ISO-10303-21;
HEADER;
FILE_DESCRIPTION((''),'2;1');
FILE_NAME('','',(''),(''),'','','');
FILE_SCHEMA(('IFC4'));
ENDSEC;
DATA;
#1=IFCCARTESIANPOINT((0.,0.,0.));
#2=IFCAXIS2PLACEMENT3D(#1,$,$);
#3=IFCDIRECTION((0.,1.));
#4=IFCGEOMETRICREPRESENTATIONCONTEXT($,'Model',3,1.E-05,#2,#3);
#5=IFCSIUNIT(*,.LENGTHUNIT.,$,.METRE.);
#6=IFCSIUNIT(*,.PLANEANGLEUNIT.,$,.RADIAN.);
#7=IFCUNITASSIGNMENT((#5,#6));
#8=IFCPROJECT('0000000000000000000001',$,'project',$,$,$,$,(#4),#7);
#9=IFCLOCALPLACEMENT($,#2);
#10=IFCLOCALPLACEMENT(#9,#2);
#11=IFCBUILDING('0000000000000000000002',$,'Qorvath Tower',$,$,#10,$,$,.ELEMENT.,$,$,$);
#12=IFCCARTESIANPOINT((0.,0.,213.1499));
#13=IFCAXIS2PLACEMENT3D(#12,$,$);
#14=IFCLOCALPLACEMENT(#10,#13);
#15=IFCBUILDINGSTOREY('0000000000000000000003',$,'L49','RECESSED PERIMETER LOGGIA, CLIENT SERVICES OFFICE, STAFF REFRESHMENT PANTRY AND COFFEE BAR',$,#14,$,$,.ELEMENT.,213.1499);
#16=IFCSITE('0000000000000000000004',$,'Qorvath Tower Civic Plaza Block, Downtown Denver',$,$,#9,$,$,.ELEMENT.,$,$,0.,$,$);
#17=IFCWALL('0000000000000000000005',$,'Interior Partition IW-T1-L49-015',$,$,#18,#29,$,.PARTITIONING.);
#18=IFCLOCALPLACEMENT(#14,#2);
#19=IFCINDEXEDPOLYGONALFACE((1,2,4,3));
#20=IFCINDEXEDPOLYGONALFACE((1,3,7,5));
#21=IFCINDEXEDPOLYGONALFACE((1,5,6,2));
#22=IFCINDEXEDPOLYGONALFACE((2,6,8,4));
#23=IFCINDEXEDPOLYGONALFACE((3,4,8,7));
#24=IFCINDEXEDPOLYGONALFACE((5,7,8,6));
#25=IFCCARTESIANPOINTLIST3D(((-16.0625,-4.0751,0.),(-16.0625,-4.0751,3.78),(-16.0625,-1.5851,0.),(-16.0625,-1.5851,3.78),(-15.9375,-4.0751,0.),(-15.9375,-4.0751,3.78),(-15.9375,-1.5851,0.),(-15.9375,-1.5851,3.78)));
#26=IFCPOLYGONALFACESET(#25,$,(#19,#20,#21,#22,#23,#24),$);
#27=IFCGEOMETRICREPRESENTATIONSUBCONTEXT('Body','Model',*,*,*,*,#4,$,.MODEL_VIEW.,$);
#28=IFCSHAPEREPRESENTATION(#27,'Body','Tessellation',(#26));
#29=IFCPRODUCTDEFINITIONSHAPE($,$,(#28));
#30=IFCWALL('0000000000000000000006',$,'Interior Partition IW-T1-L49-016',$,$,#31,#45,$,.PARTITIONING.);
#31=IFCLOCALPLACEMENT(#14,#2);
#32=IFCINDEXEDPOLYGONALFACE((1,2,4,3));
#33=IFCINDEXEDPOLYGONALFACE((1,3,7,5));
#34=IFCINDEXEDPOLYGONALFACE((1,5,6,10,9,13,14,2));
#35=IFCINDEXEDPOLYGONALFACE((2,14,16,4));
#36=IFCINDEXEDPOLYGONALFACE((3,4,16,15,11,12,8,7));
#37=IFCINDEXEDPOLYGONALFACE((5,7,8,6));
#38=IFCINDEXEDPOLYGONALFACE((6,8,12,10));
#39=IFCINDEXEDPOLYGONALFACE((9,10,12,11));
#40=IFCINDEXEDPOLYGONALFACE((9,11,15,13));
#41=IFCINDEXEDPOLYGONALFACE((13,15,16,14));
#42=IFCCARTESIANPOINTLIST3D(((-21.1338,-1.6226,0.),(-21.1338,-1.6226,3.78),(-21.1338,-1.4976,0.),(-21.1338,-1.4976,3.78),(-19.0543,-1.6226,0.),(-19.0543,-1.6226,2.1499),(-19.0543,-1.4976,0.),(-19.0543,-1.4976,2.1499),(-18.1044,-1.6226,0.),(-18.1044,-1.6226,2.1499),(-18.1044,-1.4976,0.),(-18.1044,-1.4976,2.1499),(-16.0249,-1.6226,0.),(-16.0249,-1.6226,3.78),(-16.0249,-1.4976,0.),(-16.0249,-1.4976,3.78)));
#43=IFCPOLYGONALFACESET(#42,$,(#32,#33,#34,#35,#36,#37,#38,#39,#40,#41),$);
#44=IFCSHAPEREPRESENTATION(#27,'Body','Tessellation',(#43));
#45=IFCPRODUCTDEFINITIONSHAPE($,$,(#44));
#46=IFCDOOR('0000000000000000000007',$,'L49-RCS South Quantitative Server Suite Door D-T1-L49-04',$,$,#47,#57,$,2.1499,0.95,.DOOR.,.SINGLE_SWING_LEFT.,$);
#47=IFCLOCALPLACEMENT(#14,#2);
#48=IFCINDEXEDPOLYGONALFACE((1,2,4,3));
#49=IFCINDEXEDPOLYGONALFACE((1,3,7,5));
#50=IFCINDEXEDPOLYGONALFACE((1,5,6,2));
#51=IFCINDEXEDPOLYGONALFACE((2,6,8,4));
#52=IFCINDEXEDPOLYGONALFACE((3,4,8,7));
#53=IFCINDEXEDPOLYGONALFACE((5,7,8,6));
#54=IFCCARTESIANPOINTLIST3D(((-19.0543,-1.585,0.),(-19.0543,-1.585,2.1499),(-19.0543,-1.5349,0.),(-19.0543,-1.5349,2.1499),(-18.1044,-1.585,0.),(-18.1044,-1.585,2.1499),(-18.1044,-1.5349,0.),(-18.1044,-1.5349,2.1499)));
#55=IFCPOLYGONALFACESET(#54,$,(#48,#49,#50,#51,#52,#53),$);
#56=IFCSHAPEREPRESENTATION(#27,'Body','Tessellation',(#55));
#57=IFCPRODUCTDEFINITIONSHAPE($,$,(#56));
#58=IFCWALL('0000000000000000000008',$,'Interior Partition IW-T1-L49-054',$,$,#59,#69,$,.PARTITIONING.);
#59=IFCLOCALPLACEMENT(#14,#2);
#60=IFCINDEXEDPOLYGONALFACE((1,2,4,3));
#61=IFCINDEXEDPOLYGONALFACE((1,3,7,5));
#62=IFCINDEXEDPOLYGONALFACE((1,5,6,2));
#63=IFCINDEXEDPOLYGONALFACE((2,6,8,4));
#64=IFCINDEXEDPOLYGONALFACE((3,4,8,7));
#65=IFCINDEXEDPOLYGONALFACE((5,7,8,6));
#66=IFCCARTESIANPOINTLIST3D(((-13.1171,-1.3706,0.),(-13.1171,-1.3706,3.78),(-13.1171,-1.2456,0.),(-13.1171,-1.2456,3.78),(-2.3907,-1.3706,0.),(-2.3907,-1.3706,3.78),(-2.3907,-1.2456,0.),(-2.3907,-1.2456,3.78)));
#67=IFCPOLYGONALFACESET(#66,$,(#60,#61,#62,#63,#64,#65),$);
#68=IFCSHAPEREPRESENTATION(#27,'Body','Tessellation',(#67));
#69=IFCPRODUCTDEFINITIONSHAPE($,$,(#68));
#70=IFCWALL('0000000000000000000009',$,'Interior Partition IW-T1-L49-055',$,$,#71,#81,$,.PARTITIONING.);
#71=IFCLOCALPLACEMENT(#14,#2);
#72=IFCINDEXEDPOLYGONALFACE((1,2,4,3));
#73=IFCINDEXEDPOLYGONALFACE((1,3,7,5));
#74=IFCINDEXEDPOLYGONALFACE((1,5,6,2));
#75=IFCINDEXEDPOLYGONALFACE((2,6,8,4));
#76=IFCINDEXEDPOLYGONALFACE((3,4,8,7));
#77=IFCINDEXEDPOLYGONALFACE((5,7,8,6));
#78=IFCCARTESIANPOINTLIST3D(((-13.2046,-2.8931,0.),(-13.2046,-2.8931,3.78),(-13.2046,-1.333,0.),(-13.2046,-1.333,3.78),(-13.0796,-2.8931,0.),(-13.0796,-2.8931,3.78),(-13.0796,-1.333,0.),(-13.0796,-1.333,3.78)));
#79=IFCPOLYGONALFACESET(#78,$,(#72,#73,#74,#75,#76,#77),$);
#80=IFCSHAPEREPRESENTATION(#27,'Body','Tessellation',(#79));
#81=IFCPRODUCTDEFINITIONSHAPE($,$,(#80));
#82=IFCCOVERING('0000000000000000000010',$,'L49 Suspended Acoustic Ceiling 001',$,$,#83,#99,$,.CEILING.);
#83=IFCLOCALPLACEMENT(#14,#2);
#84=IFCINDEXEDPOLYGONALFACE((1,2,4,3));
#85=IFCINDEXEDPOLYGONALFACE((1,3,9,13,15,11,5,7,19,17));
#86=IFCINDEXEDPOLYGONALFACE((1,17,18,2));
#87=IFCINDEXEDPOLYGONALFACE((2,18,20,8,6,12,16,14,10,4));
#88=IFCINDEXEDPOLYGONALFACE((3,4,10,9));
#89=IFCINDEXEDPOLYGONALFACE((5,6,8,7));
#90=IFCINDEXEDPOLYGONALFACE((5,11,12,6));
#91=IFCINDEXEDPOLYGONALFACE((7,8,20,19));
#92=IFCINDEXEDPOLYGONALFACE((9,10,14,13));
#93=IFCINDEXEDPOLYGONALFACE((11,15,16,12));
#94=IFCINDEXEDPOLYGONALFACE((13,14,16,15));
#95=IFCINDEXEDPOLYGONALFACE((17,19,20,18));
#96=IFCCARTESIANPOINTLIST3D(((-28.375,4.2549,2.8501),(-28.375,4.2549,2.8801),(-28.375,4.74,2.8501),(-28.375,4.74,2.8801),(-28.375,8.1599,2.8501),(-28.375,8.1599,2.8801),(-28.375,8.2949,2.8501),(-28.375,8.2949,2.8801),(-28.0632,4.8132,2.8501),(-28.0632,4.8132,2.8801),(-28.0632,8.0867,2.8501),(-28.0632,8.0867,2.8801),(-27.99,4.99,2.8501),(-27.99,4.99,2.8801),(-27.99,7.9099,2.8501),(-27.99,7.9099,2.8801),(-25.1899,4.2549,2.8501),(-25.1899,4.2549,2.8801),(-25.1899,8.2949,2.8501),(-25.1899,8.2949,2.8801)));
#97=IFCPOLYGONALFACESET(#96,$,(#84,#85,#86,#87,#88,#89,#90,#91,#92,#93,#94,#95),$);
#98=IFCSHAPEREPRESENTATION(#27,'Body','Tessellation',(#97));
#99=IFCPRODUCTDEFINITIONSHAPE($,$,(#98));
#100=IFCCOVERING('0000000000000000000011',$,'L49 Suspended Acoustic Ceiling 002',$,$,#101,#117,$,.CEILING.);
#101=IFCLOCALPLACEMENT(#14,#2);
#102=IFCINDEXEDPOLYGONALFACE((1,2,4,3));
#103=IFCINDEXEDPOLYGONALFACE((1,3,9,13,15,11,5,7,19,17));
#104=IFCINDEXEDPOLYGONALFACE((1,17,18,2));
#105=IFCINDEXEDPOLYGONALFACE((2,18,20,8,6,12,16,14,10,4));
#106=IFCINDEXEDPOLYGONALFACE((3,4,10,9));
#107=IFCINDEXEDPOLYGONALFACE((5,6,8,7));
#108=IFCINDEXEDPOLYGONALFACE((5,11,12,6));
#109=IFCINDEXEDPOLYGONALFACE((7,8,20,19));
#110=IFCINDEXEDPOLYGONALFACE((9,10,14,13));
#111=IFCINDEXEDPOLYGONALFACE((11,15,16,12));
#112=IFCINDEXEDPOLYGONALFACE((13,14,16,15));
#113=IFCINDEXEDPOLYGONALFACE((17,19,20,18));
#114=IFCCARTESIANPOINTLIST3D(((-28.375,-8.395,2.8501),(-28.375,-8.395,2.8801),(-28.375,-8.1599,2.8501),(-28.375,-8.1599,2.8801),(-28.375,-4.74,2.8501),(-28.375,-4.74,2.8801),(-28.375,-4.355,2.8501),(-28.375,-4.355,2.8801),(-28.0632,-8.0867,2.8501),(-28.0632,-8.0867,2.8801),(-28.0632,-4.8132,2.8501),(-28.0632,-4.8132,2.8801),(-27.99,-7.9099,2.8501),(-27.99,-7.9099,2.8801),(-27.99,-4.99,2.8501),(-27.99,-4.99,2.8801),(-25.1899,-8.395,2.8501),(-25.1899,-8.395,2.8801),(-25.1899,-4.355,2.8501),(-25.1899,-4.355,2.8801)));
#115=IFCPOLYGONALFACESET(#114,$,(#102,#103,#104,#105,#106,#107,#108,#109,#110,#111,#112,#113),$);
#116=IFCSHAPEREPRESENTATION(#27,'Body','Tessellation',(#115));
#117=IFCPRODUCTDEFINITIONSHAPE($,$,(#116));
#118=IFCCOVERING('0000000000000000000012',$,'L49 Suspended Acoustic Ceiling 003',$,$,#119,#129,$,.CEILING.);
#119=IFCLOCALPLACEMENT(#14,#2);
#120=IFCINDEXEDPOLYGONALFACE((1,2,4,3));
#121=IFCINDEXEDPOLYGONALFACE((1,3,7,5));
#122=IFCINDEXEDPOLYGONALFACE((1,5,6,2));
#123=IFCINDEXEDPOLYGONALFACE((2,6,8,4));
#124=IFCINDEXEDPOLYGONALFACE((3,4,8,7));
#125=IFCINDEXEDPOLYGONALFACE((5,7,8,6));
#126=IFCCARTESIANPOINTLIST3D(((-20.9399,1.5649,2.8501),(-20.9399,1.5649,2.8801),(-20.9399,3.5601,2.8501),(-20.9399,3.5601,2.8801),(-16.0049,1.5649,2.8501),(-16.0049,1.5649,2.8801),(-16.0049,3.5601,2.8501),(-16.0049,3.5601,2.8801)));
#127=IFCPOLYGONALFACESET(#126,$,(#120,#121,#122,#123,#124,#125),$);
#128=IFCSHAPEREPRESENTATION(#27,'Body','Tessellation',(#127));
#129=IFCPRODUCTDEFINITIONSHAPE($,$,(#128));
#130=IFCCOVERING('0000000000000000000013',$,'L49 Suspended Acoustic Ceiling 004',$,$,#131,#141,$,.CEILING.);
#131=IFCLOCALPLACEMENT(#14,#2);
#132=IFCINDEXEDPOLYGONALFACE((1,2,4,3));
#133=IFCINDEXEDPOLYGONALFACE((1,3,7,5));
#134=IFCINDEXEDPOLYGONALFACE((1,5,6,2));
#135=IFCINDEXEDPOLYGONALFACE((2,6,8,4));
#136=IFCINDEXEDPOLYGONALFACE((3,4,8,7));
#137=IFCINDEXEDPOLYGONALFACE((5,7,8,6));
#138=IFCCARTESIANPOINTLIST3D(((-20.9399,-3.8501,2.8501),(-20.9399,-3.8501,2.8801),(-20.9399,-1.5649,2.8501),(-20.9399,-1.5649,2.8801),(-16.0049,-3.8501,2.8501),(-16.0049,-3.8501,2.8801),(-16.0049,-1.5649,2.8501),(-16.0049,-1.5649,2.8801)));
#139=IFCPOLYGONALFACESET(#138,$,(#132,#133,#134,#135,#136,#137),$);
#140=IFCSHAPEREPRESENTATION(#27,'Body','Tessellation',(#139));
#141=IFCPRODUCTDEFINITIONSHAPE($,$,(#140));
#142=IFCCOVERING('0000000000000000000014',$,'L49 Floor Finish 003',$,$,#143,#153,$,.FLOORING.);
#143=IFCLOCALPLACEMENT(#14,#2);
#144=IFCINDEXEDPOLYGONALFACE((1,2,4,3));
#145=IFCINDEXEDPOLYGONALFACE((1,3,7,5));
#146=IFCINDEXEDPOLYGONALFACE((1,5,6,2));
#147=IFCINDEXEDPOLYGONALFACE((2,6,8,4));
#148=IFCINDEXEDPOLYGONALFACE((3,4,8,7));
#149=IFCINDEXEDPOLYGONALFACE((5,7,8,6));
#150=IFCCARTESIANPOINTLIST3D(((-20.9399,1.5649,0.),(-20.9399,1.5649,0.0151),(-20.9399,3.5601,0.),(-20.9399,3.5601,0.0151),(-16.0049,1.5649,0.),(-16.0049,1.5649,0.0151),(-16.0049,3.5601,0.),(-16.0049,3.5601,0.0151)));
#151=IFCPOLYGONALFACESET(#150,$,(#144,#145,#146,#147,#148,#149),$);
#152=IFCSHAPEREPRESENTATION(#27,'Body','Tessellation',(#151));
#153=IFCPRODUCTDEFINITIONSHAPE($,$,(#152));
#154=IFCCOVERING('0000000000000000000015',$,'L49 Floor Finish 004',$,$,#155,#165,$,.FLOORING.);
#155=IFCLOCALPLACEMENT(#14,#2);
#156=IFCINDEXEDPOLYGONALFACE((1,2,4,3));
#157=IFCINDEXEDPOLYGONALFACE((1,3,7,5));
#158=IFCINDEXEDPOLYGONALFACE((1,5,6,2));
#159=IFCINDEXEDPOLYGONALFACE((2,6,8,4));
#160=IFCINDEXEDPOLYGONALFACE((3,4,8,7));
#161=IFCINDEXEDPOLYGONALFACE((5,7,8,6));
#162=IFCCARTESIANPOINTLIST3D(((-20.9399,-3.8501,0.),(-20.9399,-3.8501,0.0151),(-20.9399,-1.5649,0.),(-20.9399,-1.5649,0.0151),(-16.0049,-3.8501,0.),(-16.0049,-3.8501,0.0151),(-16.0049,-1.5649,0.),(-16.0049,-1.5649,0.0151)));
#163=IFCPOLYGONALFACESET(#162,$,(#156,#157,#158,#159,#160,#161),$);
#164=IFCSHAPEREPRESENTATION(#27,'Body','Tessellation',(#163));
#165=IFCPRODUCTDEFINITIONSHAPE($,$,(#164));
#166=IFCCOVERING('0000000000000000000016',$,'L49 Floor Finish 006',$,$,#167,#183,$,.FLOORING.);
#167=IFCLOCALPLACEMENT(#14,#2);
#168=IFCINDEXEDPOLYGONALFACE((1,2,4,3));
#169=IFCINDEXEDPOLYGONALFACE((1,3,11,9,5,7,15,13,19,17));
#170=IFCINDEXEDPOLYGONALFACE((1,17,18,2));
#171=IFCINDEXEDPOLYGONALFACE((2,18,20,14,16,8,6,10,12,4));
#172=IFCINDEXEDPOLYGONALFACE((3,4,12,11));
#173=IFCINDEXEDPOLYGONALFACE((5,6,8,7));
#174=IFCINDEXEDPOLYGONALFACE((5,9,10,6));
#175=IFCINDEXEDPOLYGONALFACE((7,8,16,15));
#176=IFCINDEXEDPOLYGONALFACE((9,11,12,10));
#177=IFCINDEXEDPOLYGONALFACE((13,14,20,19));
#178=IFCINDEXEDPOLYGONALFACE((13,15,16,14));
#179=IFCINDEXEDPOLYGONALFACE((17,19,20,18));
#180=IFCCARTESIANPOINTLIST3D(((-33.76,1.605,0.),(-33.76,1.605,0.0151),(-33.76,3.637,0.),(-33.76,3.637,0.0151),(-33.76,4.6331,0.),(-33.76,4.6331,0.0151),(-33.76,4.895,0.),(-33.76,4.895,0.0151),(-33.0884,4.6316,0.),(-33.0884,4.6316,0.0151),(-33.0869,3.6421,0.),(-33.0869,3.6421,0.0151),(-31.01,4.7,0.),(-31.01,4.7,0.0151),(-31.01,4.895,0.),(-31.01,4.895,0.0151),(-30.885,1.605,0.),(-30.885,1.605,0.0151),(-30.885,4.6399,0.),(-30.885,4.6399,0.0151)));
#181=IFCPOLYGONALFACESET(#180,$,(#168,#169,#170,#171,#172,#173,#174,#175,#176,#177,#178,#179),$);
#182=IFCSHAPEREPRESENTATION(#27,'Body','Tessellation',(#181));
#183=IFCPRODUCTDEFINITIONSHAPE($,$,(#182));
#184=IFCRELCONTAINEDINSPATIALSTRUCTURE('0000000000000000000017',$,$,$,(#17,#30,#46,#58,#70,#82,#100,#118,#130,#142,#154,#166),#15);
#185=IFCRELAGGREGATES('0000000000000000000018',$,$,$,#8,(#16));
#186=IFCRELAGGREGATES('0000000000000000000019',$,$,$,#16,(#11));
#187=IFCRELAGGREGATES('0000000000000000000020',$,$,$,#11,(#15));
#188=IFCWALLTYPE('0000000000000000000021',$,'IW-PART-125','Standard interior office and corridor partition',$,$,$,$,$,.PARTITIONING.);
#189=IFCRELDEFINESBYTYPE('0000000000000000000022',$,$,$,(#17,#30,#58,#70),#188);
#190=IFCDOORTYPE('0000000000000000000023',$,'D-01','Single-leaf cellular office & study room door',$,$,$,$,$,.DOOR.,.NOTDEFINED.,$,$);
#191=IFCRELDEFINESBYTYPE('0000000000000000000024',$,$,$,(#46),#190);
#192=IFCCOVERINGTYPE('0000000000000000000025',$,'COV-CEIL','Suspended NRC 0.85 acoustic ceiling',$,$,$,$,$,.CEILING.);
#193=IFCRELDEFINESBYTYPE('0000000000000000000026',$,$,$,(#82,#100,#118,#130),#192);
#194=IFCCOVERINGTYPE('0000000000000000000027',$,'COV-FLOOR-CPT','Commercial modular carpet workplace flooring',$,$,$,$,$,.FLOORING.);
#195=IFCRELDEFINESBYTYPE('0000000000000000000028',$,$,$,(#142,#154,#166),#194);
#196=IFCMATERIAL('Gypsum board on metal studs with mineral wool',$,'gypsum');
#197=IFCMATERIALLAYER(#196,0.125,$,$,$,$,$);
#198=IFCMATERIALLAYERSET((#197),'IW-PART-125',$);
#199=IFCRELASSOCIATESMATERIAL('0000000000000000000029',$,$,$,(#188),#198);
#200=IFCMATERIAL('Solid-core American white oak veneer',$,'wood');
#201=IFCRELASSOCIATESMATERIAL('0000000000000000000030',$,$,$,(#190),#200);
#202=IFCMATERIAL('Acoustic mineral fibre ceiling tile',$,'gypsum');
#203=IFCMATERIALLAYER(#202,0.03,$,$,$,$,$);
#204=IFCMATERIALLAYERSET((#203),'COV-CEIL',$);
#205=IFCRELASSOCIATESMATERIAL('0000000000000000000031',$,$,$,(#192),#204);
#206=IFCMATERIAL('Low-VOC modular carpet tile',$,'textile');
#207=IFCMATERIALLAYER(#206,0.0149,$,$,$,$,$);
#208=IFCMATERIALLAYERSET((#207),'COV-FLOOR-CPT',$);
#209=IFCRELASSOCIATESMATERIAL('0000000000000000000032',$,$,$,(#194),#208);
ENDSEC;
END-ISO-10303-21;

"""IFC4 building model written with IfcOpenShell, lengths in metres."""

from ifc_helpers import new_model, si_unit, direction, frame, frame_2d, origin, place, context, subcontext, project, spatial, polyline, rectangle, outline, extrude, material, layer, layer_set, type_object, element, fill, save


model = new_model("IFC4")

# Units and contexts
model_context = context("Model", 3, precision=1e-05, world=origin(), true_north=direction((0.0, 1.0)))
body_context = subcontext(model_context, "Body", "Model", "MODEL_VIEW")
ifc_project = project(units=[si_unit("LENGTHUNIT", "METRE"), si_unit("PLANEANGLEUNIT", "RADIAN")], contexts=[model_context])

# Site, building, storey
site_placement = place(None, origin())
site = spatial("IfcSite", under=ifc_project, at=site_placement, Name="Qorvath Tower Civic Plaza Block, Downtown Denver", CompositionType="ELEMENT", RefElevation=0.0)
building_placement = place(site_placement, origin())
building = spatial("IfcBuilding", under=site, at=building_placement, Name="Qorvath Tower", CompositionType="ELEMENT")
storey_placement = place(building_placement, frame((0.0, 0.0, 213.1499)))
storey = spatial("IfcBuildingStorey", under=building, at=storey_placement, Name="L49", Description="RECESSED PERIMETER LOGGIA, CLIENT SERVICES OFFICE, STAFF REFRESHMENT PANTRY AND COFFEE BAR", CompositionType="ELEMENT", Elevation=213.1499)

# Wall
ifc_material_1 = material(Name="Gypsum board on metal studs with mineral wool", Category="gypsum")
ifc_layer_1 = layer(ifc_material_1, 0.125)
ifc_layer_set_1 = layer_set([ifc_layer_1], Name="IW-PART-125")
wall_type_1 = type_object("IfcWallType", Name="IW-PART-125", Description="Standard interior office and corridor partition", PredefinedType="PARTITIONING", material=ifc_layer_set_1)
wall_1_placement = place(storey_placement, frame((-16.0, -4.0752, 0.0), z_axis=(0.0, 0.0, 1.0), x_axis=(0.0, 1.0, 0.0)))
element("IfcWall", 1, at=wall_1_placement, inside=storey, type_object=wall_type_1, Name="Interior Partition IW-T1-L49-015", PredefinedType="PARTITIONING", context=body_context, shape_type="SweptSolid", body=[
    extrude(rectangle(XDim=2.49, YDim=0.125, at=frame_2d((1.2451, 0.0))), origin(), (0.0, 0.0, 1.0), 3.78),
])

# Wall, opening, door
wall_2_placement = place(storey_placement, frame((-16.0249, -1.5601, 0.0), z_axis=(0.0, 0.0, 1.0), x_axis=(-1.0, 0.0, 0.0)))
wall_2 = element("IfcWall", 2, at=wall_2_placement, inside=storey, type_object=wall_type_1, Name="Interior Partition IW-T1-L49-016", PredefinedType="PARTITIONING", context=body_context, shape_type="SweptSolid", body=[
    extrude(rectangle(XDim=5.1089, YDim=0.125, at=frame_2d((2.5544, 0.0))), origin(), (0.0, 0.0, 1.0), 3.78),
])
opening_1_placement = place(wall_2_placement, frame((2.0793, 0.0, 0.0)))
opening_1 = element("IfcOpeningElement", 3, at=opening_1_placement, cuts=wall_2, PredefinedType="OPENING", context=body_context, shape_type="SweptSolid", body=[
    extrude(rectangle(XDim=0.95, YDim=2.1499, at=frame_2d((0.4751, 1.075))), frame((0.0, 0.0725, 0.0), z_axis=(0.0, -1.0, 0.0), x_axis=(1.0, 0.0, 0.0)), (0.0, 0.0, 1.0), 0.145),
])
ifc_material_2 = material(Name="Solid-core American white oak veneer", Category="wood")
door_type_1 = type_object("IfcDoorType", Name="D-01", Description="Single-leaf cellular office & study room door", OperationType="NOTDEFINED", PredefinedType="DOOR", material=ifc_material_2)
door_1_placement = place(opening_1_placement, origin())
door_1 = element("IfcDoor", 4, at=door_1_placement, inside=storey, type_object=door_type_1, Name="L49-RCS South Quantitative Server Suite Door D-T1-L49-04", OperationType="SINGLE_SWING_LEFT", OverallHeight=2.1499, OverallWidth=0.95, PredefinedType="DOOR", context=body_context, shape_type="SweptSolid", body=[
    extrude(rectangle(XDim=0.95, YDim=2.1499, at=frame_2d((0.4751, 1.075))), frame((0.0, 0.0249, 0.0), z_axis=(0.0, -1.0, 0.0), x_axis=(1.0, 0.0, 0.0)), (0.0, 0.0, 1.0), 0.05),
])
fill(opening_1, door_1)

# Walls
wall_3_placement = place(storey_placement, frame((-13.1172, -1.3081, 0.0), z_axis=(0.0, 0.0, 1.0), x_axis=(1.0, 0.0, 0.0)))
element("IfcWall", 5, at=wall_3_placement, inside=storey, type_object=wall_type_1, Name="Interior Partition IW-T1-L49-054", PredefinedType="PARTITIONING", context=body_context, shape_type="SweptSolid", body=[
    extrude(rectangle(XDim=10.7263, YDim=0.125, at=frame_2d((5.3633, 0.0))), origin(), (0.0, 0.0, 1.0), 3.78),
])
wall_4_placement = place(storey_placement, frame((-13.1421, -1.333, 0.0), z_axis=(0.0, 0.0, 1.0), x_axis=(0.0, -1.0, 0.0)))
element("IfcWall", 6, at=wall_4_placement, inside=storey, type_object=wall_type_1, Name="Interior Partition IW-T1-L49-055", PredefinedType="PARTITIONING", context=body_context, shape_type="SweptSolid", body=[
    extrude(rectangle(XDim=1.5601, YDim=0.125, at=frame_2d((0.78, 0.0))), origin(), (0.0, 0.0, 1.0), 3.78),
])

# Coverings
ifc_material_3 = material(Name="Acoustic mineral fibre ceiling tile", Category="gypsum")
ifc_layer_2 = layer(ifc_material_3, 0.03)
ifc_layer_set_2 = layer_set([ifc_layer_2], Name="COV-CEIL")
covering_type_1 = type_object("IfcCoveringType", Name="COV-CEIL", Description="Suspended NRC 0.85 acoustic ceiling", PredefinedType="CEILING", material=ifc_layer_set_2)
covering_1_placement = place(storey_placement, frame((0.0, 0.0, 2.8501)))
element("IfcCovering", 7, at=covering_1_placement, inside=storey, type_object=covering_type_1, Name="L49 Suspended Acoustic Ceiling 001", PredefinedType="CEILING", context=body_context, shape_type="SweptSolid", body=[
    extrude(outline(polyline([(-25.1899, 4.2549), (-25.1899, 8.2949), (-28.375, 8.2949), (-28.375, 8.1599), (-28.0632, 8.0867), (-27.99, 7.9099), (-27.99, 4.99), (-28.0632, 4.8132), (-28.375, 4.74), (-28.375, 4.2549), (-25.1899, 4.2549)])), origin(), (0.0, 0.0, 1.0), 0.03),
])
covering_2_placement = place(storey_placement, frame((0.0, 0.0, 2.8501)))
element("IfcCovering", 8, at=covering_2_placement, inside=storey, type_object=covering_type_1, Name="L49 Suspended Acoustic Ceiling 002", PredefinedType="CEILING", context=body_context, shape_type="SweptSolid", body=[
    extrude(outline(polyline([(-25.1899, -8.395), (-25.1899, -4.355), (-28.375, -4.355), (-28.375, -4.74), (-28.0632, -4.8132), (-27.99, -4.99), (-27.99, -7.9099), (-28.0632, -8.0867), (-28.375, -8.1599), (-28.375, -8.395), (-25.1899, -8.395)])), origin(), (0.0, 0.0, 1.0), 0.03),
])
covering_3_placement = place(storey_placement, frame((0.0, 0.0, 2.8501)))
element("IfcCovering", 9, at=covering_3_placement, inside=storey, type_object=covering_type_1, Name="L49 Suspended Acoustic Ceiling 003", PredefinedType="CEILING", context=body_context, shape_type="SweptSolid", body=[
    extrude(outline(polyline([(-16.0049, 3.5601), (-20.9399, 3.5601), (-20.9399, 1.5649), (-16.0049, 1.5649), (-16.0049, 3.5601)])), origin(), (0.0, 0.0, 1.0), 0.03),
])
covering_4_placement = place(storey_placement, frame((0.0, 0.0, 2.8501)))
element("IfcCovering", 10, at=covering_4_placement, inside=storey, type_object=covering_type_1, Name="L49 Suspended Acoustic Ceiling 004", PredefinedType="CEILING", context=body_context, shape_type="SweptSolid", body=[
    extrude(outline(polyline([(-20.9399, -1.5649), (-20.9399, -3.8501), (-16.0049, -3.8501), (-16.0049, -1.5649), (-20.9399, -1.5649)])), origin(), (0.0, 0.0, 1.0), 0.03),
])
ifc_material_4 = material(Name="Low-VOC modular carpet tile", Category="textile")
ifc_layer_3 = layer(ifc_material_4, 0.0149)
ifc_layer_set_3 = layer_set([ifc_layer_3], Name="COV-FLOOR-CPT")
covering_type_2 = type_object("IfcCoveringType", Name="COV-FLOOR-CPT", Description="Commercial modular carpet workplace flooring", PredefinedType="FLOORING", material=ifc_layer_set_3)
covering_5_placement = place(storey_placement, origin())
element("IfcCovering", 11, at=covering_5_placement, inside=storey, type_object=covering_type_2, Name="L49 Floor Finish 003", PredefinedType="FLOORING", context=body_context, shape_type="SweptSolid", body=[
    extrude(outline(polyline([(-16.0049, 3.5601), (-20.9399, 3.5601), (-20.9399, 1.5649), (-16.0049, 1.5649), (-16.0049, 3.5601)])), origin(), (0.0, 0.0, 1.0), 0.0151),
])
covering_6_placement = place(storey_placement, origin())
element("IfcCovering", 12, at=covering_6_placement, inside=storey, type_object=covering_type_2, Name="L49 Floor Finish 004", PredefinedType="FLOORING", context=body_context, shape_type="SweptSolid", body=[
    extrude(outline(polyline([(-20.9399, -1.5649), (-20.9399, -3.8501), (-16.0049, -3.8501), (-16.0049, -1.5649), (-20.9399, -1.5649)])), origin(), (0.0, 0.0, 1.0), 0.0151),
])
covering_7_placement = place(storey_placement, origin())
element("IfcCovering", 13, at=covering_7_placement, inside=storey, type_object=covering_type_2, Name="L49 Floor Finish 006", PredefinedType="FLOORING", context=body_context, shape_type="SweptSolid", body=[
    extrude(outline(polyline([(-31.01, 4.895), (-33.76, 4.895), (-33.76, 4.6331), (-33.0884, 4.6316), (-33.0869, 3.6421), (-33.76, 3.637), (-33.76, 1.605), (-30.885, 1.605), (-30.885, 4.6399), (-31.01, 4.7), (-31.01, 4.895)])), origin(), (0.0, 0.0, 1.0), 0.0151),
])

save(model, "model.ifc")
